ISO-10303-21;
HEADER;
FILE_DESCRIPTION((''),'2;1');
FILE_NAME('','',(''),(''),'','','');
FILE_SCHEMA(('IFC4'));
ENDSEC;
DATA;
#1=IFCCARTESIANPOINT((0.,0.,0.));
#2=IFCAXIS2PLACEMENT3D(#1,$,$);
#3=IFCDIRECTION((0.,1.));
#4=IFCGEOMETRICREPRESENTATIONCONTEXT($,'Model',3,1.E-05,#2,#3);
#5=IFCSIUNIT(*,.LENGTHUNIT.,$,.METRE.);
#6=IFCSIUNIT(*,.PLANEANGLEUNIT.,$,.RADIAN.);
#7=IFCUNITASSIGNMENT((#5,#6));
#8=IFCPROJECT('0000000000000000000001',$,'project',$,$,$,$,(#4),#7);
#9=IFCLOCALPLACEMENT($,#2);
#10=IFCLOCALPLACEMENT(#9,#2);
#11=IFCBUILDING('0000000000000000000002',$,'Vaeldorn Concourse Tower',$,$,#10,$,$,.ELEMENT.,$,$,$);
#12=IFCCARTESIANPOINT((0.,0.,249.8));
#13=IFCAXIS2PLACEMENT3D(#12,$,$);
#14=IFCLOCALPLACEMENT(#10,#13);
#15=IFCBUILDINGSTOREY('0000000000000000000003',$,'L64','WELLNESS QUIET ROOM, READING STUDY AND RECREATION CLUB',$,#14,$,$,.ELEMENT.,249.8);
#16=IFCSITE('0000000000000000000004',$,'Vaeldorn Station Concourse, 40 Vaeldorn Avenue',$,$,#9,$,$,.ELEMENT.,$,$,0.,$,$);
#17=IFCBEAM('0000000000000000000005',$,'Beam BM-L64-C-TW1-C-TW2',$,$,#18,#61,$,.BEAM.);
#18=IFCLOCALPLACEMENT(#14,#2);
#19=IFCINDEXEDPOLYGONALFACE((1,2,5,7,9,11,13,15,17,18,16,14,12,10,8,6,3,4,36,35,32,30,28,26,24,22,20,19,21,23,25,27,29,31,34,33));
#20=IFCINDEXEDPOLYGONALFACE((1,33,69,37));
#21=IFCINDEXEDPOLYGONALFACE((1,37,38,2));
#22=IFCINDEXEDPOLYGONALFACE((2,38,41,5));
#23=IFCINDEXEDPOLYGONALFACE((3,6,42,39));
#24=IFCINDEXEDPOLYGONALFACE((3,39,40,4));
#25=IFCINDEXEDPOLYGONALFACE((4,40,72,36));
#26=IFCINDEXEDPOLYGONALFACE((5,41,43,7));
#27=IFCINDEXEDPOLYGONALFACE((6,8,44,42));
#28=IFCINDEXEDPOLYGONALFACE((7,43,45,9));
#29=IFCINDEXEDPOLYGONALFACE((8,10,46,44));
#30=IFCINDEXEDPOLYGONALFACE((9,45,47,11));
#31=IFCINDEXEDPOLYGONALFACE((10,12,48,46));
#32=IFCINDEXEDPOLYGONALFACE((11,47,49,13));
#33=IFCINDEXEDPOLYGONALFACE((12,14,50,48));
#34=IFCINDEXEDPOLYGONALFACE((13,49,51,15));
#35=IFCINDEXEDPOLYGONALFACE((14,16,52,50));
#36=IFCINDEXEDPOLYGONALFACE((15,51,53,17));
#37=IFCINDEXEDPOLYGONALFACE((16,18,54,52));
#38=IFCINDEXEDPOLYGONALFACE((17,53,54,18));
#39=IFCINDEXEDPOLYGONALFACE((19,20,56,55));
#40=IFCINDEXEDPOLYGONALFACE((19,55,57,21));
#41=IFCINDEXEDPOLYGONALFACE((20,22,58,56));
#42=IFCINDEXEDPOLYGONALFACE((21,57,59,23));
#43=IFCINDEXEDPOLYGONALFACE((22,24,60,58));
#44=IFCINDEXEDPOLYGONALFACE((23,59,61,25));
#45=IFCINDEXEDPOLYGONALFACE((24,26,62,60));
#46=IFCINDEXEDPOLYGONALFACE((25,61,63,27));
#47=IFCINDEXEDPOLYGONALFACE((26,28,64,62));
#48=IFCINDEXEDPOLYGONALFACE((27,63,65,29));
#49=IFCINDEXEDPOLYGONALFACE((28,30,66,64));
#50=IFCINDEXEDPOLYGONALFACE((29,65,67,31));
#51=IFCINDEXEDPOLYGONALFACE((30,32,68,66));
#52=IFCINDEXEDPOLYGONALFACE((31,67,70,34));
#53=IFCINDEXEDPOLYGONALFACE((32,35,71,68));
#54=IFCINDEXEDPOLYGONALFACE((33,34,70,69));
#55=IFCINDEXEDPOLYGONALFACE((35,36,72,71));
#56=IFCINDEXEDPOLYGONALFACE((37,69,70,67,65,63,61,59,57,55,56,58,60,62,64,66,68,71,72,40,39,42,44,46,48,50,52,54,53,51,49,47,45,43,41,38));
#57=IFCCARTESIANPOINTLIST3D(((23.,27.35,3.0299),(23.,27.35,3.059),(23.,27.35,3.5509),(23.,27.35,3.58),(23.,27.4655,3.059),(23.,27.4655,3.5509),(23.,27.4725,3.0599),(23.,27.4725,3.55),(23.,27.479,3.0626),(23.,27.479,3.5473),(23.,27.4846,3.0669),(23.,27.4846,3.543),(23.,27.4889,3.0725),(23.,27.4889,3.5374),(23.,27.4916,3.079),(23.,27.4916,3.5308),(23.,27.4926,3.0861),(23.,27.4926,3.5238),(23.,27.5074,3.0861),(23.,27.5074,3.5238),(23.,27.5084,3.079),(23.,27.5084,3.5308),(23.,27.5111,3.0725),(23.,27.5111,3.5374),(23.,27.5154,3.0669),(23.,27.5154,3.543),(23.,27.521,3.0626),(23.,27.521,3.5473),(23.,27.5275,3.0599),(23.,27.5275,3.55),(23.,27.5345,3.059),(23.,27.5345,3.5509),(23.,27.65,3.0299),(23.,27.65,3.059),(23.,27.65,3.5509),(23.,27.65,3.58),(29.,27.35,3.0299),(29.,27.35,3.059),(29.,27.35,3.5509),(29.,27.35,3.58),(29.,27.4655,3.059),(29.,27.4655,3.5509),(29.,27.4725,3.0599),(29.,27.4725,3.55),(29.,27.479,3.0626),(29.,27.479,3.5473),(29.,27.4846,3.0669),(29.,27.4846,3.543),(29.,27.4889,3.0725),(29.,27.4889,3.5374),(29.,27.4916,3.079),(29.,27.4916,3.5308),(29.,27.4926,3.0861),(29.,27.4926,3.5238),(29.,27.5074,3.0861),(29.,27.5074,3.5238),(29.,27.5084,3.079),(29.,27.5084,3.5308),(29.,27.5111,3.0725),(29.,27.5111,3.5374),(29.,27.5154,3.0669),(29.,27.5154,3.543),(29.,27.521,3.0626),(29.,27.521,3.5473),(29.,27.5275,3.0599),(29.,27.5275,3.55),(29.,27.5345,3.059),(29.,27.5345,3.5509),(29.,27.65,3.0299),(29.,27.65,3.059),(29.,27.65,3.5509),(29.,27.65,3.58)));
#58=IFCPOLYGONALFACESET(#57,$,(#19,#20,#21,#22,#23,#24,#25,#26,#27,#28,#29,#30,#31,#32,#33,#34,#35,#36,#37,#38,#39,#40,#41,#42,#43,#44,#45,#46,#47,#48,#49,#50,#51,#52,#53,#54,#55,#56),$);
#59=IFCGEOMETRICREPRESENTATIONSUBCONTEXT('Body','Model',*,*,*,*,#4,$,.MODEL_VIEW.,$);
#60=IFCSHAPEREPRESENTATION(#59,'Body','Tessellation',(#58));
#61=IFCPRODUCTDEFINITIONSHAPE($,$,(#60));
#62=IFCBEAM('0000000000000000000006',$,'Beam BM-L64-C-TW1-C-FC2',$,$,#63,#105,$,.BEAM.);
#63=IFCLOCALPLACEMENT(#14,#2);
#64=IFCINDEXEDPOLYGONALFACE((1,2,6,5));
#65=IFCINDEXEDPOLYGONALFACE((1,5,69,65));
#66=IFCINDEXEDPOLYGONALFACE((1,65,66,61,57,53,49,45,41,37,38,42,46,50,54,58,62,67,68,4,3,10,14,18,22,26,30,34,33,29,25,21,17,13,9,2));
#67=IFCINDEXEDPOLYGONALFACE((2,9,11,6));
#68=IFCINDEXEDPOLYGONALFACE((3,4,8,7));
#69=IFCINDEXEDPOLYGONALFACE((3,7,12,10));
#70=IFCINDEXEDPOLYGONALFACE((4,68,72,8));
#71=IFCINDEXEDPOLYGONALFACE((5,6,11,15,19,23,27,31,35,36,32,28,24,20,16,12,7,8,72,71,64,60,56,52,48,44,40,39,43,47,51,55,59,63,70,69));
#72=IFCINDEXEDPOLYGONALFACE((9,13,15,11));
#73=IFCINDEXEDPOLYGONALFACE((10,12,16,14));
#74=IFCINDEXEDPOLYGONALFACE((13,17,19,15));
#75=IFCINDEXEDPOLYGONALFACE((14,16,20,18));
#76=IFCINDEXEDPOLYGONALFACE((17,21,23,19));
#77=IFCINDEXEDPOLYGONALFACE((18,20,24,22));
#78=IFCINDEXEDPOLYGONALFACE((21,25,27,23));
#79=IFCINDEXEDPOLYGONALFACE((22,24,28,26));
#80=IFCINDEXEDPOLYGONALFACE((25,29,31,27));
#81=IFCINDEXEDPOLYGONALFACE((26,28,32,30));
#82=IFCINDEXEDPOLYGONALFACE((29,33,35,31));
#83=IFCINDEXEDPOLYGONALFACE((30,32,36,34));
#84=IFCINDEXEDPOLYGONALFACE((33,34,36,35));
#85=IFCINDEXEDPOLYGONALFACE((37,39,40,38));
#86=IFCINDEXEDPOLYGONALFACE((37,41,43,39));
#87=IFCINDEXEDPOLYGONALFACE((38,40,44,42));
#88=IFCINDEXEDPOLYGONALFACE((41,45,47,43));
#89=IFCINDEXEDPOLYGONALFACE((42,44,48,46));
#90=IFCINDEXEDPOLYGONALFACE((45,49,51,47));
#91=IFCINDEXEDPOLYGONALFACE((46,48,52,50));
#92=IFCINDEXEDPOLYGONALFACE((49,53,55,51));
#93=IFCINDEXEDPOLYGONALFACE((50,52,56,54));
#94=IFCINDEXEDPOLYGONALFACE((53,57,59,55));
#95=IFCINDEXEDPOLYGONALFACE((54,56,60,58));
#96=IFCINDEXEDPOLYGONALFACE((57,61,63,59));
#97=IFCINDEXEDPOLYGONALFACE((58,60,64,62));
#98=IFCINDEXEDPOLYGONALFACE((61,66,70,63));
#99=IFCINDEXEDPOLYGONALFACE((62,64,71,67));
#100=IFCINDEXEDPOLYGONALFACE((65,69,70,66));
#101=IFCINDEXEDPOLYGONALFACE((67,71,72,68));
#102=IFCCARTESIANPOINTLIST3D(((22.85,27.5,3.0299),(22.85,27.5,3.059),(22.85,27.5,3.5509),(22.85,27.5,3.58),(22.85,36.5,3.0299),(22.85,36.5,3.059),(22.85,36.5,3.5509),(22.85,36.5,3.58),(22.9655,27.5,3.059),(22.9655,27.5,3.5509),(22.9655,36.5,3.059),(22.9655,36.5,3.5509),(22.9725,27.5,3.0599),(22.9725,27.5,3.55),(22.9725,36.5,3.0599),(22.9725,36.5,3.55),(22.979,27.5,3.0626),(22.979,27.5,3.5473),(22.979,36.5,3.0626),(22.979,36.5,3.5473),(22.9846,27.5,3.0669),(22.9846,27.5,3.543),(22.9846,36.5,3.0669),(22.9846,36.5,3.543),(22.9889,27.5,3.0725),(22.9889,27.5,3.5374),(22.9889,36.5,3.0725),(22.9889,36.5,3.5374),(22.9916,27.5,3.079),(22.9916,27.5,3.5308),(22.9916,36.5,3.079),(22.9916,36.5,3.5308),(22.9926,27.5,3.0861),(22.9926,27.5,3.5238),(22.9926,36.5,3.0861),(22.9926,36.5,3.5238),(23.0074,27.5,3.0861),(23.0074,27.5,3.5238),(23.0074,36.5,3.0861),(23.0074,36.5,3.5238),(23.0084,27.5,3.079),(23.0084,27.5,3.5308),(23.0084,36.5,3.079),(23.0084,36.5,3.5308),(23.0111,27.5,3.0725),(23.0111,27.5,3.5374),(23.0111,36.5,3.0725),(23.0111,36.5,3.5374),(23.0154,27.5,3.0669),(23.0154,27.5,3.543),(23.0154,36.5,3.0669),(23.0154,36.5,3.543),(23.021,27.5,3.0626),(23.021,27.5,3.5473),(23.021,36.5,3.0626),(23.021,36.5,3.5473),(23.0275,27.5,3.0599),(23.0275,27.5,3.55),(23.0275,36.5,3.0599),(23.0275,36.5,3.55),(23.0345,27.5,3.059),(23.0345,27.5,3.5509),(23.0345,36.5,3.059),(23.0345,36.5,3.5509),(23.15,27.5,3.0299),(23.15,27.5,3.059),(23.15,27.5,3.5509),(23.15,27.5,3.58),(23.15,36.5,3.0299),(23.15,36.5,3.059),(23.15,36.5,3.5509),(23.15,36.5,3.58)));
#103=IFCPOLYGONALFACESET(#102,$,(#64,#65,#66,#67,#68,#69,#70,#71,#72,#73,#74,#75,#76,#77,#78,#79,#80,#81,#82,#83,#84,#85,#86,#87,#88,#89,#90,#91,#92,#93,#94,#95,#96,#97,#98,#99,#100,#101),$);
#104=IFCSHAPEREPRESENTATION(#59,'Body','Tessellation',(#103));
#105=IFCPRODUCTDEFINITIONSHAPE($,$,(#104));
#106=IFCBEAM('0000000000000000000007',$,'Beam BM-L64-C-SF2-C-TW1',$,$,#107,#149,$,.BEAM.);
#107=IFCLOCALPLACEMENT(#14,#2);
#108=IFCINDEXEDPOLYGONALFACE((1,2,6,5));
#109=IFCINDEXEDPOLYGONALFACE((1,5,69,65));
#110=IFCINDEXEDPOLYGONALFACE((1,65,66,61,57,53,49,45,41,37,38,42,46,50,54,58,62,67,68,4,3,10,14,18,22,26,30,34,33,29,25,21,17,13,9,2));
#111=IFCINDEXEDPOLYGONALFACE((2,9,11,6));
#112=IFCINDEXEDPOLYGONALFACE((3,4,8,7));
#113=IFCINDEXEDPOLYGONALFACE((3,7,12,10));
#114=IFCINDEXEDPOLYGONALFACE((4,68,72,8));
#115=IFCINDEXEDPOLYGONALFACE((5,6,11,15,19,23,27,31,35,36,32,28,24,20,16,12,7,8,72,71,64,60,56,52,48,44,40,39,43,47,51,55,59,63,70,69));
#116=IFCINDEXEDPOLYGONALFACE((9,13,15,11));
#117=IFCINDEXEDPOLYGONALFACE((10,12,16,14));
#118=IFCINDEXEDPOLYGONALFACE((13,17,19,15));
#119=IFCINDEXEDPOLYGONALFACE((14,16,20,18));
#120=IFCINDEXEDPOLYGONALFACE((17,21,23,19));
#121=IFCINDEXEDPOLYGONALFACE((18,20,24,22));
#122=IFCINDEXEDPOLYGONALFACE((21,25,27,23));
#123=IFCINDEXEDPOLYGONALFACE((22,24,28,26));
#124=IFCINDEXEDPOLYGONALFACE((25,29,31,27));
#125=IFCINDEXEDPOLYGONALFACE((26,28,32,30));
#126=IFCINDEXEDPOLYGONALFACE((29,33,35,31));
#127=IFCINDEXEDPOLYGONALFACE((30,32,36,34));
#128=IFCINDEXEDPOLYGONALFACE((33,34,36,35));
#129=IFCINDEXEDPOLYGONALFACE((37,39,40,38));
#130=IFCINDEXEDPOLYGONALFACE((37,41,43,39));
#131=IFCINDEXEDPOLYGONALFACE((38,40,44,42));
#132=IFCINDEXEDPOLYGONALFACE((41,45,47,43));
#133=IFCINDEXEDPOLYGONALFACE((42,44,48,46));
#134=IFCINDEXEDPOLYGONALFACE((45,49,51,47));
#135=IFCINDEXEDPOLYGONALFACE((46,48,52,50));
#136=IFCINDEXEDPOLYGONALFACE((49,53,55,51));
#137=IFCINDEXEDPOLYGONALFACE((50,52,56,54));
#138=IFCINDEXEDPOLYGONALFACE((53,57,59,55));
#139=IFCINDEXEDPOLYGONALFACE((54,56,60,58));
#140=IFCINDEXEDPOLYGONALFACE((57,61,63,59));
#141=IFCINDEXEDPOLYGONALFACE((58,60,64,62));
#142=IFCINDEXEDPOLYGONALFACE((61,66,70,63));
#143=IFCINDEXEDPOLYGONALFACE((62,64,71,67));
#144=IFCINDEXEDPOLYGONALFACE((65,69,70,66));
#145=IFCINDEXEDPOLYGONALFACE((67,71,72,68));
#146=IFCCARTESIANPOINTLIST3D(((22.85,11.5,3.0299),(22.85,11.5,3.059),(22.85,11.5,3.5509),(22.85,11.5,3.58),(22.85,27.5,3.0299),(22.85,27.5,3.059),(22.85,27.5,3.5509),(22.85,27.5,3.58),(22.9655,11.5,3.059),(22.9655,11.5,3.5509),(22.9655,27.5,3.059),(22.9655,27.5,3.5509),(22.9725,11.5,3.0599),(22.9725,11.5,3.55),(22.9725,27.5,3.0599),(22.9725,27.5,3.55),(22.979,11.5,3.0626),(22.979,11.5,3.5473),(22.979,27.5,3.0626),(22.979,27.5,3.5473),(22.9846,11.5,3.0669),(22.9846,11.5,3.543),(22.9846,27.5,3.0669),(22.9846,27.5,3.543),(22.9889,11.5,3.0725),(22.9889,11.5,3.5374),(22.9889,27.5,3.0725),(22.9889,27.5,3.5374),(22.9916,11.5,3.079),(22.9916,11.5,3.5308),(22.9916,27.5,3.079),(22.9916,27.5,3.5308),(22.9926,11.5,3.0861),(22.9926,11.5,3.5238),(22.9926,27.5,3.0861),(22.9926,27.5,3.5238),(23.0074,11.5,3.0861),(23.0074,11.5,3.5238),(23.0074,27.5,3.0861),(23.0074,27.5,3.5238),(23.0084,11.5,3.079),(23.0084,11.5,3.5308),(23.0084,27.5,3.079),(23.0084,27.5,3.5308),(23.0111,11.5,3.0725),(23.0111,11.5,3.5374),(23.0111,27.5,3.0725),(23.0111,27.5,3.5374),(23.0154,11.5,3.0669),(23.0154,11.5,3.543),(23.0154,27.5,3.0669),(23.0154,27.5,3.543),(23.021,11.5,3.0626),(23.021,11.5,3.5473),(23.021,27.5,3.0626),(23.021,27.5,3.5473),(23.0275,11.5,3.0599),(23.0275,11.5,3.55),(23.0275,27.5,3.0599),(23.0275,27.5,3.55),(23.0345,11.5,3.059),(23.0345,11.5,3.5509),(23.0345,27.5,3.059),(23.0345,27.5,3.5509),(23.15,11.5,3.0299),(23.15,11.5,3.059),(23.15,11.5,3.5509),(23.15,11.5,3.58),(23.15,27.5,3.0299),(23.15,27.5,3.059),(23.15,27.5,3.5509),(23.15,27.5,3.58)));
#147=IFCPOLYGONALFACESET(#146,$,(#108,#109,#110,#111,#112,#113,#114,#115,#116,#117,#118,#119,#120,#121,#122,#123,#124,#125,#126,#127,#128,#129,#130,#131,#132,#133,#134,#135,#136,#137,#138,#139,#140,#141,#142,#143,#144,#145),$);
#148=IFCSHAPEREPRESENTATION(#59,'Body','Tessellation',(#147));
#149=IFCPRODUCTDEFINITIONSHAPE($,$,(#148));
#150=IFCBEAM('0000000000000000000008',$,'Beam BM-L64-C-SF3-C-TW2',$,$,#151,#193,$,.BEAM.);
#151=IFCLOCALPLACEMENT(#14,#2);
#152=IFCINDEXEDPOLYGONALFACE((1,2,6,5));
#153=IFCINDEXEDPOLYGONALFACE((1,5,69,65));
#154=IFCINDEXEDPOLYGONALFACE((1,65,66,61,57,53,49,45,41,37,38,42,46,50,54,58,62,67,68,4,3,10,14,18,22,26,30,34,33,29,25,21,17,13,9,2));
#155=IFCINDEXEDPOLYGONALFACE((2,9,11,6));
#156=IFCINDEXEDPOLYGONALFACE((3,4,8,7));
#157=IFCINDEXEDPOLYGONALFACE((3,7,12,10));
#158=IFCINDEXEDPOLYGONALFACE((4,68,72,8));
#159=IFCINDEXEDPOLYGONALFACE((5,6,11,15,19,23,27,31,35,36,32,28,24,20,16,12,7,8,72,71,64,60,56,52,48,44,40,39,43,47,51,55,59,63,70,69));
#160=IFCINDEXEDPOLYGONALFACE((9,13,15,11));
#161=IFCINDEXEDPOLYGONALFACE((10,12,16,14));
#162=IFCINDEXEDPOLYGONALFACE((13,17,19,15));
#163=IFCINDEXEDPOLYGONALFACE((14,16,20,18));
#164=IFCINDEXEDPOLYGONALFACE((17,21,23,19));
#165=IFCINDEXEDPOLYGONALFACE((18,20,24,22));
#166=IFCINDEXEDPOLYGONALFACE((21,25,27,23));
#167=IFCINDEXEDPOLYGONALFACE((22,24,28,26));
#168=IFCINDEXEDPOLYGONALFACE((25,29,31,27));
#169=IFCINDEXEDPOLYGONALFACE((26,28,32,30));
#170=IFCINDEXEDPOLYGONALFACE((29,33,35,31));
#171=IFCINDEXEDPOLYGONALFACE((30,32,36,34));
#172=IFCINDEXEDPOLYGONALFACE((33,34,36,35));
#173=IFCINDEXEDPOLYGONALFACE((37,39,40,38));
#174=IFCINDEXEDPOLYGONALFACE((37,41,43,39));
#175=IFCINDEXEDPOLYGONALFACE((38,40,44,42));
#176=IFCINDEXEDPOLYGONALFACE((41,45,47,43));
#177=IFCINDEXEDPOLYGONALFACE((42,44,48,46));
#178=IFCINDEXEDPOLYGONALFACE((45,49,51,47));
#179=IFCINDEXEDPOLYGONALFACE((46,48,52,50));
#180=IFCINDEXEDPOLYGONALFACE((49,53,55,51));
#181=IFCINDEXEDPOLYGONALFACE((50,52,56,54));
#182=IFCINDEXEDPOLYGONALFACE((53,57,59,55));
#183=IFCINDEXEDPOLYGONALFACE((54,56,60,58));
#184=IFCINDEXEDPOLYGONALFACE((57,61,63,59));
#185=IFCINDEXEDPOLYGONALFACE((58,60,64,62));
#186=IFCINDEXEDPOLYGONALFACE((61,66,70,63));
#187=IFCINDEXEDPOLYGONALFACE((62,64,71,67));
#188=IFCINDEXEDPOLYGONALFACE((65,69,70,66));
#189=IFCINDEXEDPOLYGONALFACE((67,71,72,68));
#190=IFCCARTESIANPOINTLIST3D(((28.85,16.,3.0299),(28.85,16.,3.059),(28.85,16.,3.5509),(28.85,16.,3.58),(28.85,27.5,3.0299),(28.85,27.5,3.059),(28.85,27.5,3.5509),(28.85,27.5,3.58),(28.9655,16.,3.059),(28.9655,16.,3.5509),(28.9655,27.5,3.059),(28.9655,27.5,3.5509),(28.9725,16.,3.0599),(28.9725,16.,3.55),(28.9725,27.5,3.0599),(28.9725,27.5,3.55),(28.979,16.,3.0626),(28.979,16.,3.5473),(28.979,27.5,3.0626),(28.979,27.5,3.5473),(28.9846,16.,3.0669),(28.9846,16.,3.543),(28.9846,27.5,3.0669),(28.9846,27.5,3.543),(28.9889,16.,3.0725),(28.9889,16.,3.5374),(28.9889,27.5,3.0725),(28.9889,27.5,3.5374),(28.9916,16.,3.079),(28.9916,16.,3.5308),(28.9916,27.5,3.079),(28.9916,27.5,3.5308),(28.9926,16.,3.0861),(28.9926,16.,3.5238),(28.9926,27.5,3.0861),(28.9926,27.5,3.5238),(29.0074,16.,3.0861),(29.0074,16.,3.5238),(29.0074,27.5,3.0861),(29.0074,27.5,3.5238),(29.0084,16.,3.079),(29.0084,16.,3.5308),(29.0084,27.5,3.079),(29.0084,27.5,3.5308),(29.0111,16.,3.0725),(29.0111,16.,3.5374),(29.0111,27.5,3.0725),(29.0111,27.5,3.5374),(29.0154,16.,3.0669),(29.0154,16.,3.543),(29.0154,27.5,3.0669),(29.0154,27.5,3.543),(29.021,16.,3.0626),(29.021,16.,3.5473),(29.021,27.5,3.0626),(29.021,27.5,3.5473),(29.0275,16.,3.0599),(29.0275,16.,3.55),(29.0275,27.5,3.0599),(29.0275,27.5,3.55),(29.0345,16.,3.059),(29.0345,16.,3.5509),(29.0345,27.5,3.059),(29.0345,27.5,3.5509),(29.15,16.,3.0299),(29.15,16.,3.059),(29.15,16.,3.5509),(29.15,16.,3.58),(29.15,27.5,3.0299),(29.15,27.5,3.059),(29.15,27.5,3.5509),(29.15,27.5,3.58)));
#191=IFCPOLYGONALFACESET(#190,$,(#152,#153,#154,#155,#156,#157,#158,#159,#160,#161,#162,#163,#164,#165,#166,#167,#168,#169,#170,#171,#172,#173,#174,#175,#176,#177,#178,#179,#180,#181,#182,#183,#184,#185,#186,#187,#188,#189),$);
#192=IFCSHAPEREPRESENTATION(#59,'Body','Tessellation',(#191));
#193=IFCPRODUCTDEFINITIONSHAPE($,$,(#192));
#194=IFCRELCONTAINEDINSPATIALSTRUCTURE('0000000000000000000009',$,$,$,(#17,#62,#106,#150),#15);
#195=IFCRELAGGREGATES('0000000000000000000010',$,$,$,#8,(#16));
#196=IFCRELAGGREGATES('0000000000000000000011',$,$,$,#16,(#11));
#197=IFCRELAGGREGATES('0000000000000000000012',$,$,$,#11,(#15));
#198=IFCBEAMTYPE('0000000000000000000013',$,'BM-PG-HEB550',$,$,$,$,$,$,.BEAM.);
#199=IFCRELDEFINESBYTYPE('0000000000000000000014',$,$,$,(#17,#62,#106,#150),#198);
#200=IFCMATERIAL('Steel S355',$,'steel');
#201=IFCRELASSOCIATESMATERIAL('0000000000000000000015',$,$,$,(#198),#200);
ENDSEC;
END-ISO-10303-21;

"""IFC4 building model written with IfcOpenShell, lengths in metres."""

from ifc_helpers import new_model, si_unit, direction, frame, origin, origin_2d, place, context, subcontext, project, spatial, i_section, extrude, source, transform, mapped, material, material_profile, profile_set, type_object, element, save


model = new_model("IFC4")

# Units and contexts
model_context = context("Model", 3, precision=1e-05, world=origin(), true_north=direction((0.0, 1.0)))
body_context = subcontext(model_context, "Body", "Model", "MODEL_VIEW")
ifc_project = project(units=[si_unit("LENGTHUNIT", "METRE"), si_unit("PLANEANGLEUNIT", "RADIAN")], contexts=[model_context])

# Site, building, storey
site_placement = place(None, origin())
site = spatial("IfcSite", under=ifc_project, at=site_placement, Name="Vaeldorn Station Concourse, 40 Vaeldorn Avenue", CompositionType="ELEMENT", RefElevation=0.0)
building_placement = place(site_placement, origin())
building = spatial("IfcBuilding", under=site, at=building_placement, Name="Vaeldorn Concourse Tower", CompositionType="ELEMENT")
storey_placement = place(building_placement, frame((0.0, 0.0, 249.8)))
storey = spatial("IfcBuildingStorey", under=building, at=storey_placement, Name="L64", Description="WELLNESS QUIET ROOM, READING STUDY AND RECREATION CLUB", CompositionType="ELEMENT", Elevation=249.8)

# Shared definitions
ifc_material_1 = material(Name="Steel S355", Category="steel")

# Beams
ifc_material_profile_1 = material_profile(ifc_material_1, i_section(OverallWidth=0.3, OverallDepth=0.55, WebThickness=0.0149, FlangeThickness=0.0291, FilletRadius=0.0271, at=origin_2d()), Name="HEB 550")
ifc_profile_set_1 = profile_set([ifc_material_profile_1], Name="Steel S355")
beam_type_1 = type_object("IfcBeamType", Name="BM-PG-HEB550", PredefinedType="BEAM", material=ifc_profile_set_1)
shared_shape_1 = source(origin(), body_context, "Body", "SweptSolid", [
    extrude(i_section(OverallWidth=0.3, OverallDepth=0.55, WebThickness=0.0149, FlangeThickness=0.0291, FilletRadius=0.0271, at=origin_2d()), origin(), (0.0, 0.0, 1.0), 6.0),
])
beam_1_placement = place(storey_placement, frame((23.0, 27.5, 3.3049), z_axis=(1.0, 0.0, 0.0), x_axis=(0.0, 1.0, 0.0)))
element("IfcBeam", 1, at=beam_1_placement, inside=storey, type_object=beam_type_1, Name="Beam BM-L64-C-TW1-C-TW2", PredefinedType="BEAM", context=body_context, shape_type="MappedRepresentation", body=[
    mapped(shared_shape_1, transform((0.0, 0.0, 0.0), scale=1.0)),
])
shared_shape_2 = source(origin(), body_context, "Body", "SweptSolid", [
    extrude(i_section(OverallWidth=0.3, OverallDepth=0.55, WebThickness=0.0149, FlangeThickness=0.0291, FilletRadius=0.0271, at=origin_2d()), origin(), (0.0, 0.0, 1.0), 9.0),
])
beam_2_placement = place(storey_placement, frame((23.0, 27.5, 3.3049), z_axis=(0.0, 1.0, 0.0), x_axis=(-1.0, 0.0, 0.0)))
element("IfcBeam", 2, at=beam_2_placement, inside=storey, type_object=beam_type_1, Name="Beam BM-L64-C-TW1-C-FC2", PredefinedType="BEAM", context=body_context, shape_type="MappedRepresentation", body=[
    mapped(shared_shape_2, transform((0.0, 0.0, 0.0), scale=1.0)),
])
shared_shape_3 = source(origin(), body_context, "Body", "SweptSolid", [
    extrude(i_section(OverallWidth=0.3, OverallDepth=0.55, WebThickness=0.0149, FlangeThickness=0.0291, FilletRadius=0.0271, at=origin_2d()), origin(), (0.0, 0.0, 1.0), 16.0),
])
beam_3_placement = place(storey_placement, frame((23.0, 11.5, 3.3049), z_axis=(0.0, 1.0, 0.0), x_axis=(-1.0, 0.0, 0.0)))
element("IfcBeam", 3, at=beam_3_placement, inside=storey, type_object=beam_type_1, Name="Beam BM-L64-C-SF2-C-TW1", PredefinedType="BEAM", context=body_context, shape_type="MappedRepresentation", body=[
    mapped(shared_shape_3, transform((0.0, 0.0, 0.0), scale=1.0)),
])
shared_shape_4 = source(origin(), body_context, "Body", "SweptSolid", [
    extrude(i_section(OverallWidth=0.3, OverallDepth=0.55, WebThickness=0.0149, FlangeThickness=0.0291, FilletRadius=0.0271, at=origin_2d()), origin(), (0.0, 0.0, 1.0), 11.5),
])
beam_4_placement = place(storey_placement, frame((29.0, 16.0, 3.3049), z_axis=(0.0, 1.0, 0.0), x_axis=(-1.0, 0.0, 0.0)))
element("IfcBeam", 4, at=beam_4_placement, inside=storey, type_object=beam_type_1, Name="Beam BM-L64-C-SF3-C-TW2", PredefinedType="BEAM", context=body_context, shape_type="MappedRepresentation", body=[
    mapped(shared_shape_4, transform((0.0, 0.0, 0.0), scale=1.0)),
])

save(model, "model.ifc")
